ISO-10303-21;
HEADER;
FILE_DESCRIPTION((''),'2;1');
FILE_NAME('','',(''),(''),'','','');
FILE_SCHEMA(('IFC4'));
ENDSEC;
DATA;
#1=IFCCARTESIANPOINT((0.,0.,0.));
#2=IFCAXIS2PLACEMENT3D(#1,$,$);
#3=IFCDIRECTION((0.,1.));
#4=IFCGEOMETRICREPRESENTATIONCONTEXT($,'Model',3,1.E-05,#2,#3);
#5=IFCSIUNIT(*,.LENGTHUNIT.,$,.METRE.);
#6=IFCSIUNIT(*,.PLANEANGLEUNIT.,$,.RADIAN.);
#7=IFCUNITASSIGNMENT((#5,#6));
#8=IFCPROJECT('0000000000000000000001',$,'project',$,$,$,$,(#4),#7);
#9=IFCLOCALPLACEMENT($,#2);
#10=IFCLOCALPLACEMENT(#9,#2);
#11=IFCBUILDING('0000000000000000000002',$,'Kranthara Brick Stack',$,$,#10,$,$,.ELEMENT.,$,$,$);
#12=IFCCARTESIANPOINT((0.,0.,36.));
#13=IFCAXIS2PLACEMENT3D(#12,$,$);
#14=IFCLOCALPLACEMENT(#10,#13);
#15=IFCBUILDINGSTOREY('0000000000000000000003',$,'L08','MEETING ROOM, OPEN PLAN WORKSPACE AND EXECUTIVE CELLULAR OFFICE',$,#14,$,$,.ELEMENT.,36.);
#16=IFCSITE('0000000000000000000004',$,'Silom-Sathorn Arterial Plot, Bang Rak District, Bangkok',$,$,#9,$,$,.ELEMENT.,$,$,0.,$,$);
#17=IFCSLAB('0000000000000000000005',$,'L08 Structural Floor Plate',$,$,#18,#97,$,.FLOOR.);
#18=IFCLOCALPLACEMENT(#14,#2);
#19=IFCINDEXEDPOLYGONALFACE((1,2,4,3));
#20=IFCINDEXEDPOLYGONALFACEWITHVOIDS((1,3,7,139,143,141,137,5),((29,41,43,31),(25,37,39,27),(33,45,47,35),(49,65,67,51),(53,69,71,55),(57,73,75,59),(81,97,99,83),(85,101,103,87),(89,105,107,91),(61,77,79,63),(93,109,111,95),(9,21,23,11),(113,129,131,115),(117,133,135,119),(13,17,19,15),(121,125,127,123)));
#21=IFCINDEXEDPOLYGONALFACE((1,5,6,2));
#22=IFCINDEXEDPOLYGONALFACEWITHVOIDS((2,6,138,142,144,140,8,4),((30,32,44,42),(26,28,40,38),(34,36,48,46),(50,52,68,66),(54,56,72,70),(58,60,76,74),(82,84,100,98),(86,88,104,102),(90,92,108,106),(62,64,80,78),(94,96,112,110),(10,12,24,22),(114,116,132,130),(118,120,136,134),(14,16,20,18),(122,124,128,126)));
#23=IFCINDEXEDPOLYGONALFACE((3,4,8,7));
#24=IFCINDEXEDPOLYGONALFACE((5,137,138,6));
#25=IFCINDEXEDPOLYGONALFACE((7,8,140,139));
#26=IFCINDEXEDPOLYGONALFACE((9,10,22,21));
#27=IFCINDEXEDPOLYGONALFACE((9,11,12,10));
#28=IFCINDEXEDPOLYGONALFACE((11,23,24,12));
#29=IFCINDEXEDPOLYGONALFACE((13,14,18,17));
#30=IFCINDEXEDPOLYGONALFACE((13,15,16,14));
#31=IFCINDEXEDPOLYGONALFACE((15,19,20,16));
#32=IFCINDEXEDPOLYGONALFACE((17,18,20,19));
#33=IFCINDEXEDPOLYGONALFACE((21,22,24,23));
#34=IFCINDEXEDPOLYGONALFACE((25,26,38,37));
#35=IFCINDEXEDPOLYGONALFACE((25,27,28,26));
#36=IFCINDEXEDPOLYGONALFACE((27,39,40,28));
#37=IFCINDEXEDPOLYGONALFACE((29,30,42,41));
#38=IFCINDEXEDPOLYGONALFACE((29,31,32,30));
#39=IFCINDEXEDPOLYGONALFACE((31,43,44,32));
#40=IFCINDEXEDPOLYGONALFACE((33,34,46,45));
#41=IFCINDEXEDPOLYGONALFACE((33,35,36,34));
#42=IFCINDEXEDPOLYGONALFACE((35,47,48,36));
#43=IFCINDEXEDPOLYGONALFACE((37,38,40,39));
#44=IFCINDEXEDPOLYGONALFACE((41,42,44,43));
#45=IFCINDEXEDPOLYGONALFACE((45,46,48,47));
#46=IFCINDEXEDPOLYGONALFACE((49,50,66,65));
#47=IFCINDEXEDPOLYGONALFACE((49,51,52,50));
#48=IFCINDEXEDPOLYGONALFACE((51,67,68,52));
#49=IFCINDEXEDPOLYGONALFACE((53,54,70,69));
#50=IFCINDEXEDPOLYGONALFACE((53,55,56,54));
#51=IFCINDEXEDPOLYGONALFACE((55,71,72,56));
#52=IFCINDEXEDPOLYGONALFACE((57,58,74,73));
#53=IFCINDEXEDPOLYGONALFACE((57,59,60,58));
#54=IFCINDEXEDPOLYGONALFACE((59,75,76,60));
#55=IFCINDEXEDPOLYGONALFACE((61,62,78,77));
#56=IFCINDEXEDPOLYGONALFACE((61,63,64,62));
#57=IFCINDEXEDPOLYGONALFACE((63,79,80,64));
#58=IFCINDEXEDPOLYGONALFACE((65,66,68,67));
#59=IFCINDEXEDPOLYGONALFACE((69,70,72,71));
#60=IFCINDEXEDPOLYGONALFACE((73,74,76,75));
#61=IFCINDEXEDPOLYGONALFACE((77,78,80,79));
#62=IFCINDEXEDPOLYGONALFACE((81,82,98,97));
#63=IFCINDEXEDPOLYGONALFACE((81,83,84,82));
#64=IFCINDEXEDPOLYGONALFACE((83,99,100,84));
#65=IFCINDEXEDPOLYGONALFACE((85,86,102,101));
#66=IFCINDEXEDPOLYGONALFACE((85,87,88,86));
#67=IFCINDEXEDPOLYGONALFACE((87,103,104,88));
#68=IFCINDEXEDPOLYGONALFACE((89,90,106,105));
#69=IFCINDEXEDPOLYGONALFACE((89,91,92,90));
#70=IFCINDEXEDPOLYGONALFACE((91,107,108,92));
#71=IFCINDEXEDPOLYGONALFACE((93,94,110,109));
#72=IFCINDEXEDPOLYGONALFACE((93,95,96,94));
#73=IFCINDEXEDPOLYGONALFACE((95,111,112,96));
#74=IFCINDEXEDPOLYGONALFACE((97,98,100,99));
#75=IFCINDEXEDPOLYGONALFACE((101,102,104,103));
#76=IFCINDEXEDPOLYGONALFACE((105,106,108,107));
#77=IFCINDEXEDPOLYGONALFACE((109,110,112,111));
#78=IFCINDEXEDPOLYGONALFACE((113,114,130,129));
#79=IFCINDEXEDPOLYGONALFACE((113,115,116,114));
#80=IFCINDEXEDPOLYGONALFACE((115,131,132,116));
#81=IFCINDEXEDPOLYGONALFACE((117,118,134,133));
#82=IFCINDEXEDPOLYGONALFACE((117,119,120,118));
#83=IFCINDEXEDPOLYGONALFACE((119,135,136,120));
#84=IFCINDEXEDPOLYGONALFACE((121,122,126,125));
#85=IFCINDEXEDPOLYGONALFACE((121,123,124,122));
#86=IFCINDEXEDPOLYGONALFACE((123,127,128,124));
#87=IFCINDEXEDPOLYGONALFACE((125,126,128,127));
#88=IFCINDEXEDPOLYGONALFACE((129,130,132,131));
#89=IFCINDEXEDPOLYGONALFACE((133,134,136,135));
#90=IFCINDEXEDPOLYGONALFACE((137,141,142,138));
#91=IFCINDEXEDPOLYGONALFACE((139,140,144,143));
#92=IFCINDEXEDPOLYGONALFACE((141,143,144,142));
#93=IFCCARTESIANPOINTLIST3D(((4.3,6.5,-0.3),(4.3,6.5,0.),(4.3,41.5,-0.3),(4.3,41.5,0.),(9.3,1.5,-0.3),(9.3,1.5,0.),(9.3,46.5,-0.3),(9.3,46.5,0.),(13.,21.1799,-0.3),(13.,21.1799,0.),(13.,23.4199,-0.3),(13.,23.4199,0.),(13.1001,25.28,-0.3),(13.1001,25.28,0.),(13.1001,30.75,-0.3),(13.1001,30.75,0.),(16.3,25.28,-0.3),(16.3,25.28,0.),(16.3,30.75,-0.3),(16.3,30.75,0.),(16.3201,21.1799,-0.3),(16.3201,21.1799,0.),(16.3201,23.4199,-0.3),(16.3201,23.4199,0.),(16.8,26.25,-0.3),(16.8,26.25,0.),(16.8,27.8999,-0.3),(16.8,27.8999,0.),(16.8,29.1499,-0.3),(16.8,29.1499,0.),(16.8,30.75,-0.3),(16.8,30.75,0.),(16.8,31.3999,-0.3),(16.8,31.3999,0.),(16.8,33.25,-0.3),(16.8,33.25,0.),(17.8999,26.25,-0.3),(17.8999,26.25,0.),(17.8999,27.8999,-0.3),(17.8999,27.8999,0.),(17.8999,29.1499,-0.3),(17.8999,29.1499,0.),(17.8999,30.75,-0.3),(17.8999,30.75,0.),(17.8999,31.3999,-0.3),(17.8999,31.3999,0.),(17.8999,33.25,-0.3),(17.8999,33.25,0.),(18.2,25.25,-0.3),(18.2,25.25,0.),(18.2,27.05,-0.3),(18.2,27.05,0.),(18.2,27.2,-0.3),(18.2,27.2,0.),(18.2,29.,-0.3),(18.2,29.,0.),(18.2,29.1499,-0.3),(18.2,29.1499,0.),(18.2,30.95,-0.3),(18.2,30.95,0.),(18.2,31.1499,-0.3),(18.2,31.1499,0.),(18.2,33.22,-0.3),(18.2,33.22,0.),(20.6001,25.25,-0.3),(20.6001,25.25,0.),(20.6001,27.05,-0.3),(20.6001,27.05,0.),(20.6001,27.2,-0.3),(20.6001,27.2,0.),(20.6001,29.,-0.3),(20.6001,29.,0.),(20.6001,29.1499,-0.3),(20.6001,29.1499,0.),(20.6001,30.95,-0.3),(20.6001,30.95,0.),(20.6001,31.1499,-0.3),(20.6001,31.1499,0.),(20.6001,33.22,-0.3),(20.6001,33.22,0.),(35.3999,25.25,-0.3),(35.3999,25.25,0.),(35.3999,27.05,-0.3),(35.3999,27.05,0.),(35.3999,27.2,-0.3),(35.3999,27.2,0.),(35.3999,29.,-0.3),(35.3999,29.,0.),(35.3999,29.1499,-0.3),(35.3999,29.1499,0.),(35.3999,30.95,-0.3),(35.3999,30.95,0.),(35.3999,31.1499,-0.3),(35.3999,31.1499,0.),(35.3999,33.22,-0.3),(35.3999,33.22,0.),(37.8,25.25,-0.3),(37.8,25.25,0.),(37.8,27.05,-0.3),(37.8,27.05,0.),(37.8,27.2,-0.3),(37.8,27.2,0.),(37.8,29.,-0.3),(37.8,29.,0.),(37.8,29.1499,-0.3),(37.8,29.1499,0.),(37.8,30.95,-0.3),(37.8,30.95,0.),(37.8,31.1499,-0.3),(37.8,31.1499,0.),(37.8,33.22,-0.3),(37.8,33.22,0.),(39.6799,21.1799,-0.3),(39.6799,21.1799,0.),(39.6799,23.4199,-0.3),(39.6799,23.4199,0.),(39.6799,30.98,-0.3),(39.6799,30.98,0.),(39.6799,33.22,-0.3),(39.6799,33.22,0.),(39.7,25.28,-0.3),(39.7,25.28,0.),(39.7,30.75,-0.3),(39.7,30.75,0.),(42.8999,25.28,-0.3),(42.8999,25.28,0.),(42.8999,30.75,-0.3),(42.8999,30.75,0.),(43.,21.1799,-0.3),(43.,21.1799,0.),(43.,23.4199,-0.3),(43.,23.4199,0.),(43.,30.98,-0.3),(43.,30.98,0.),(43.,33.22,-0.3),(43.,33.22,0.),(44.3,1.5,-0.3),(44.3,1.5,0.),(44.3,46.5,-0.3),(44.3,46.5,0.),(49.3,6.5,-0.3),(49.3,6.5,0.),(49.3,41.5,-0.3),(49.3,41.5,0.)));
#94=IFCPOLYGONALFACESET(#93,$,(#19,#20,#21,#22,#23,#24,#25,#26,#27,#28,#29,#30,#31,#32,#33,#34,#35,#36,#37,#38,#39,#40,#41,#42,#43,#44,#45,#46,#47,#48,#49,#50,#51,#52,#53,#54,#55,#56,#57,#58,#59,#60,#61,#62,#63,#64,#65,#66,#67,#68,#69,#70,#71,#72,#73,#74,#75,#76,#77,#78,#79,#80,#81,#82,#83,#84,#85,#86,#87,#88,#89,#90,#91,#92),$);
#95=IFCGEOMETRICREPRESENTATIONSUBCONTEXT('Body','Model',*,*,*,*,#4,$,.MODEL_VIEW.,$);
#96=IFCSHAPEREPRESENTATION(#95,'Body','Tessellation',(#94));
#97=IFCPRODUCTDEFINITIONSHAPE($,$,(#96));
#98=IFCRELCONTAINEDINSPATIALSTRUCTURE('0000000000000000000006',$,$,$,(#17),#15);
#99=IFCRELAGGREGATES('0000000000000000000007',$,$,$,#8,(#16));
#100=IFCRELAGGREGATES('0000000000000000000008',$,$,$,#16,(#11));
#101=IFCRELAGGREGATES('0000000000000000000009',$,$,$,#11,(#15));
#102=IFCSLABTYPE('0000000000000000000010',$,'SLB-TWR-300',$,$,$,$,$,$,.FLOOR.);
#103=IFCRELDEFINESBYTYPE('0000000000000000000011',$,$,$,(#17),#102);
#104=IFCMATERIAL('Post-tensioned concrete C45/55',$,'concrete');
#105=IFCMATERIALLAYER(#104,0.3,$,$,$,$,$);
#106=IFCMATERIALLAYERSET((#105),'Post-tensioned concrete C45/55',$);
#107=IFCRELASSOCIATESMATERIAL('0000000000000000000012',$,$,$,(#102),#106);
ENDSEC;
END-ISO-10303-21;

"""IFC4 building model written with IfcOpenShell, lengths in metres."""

from ifc_helpers import new_model, si_unit, direction, frame, origin, place, context, subcontext, project, spatial, polyline, outline, extrude, material, layer, layer_set, type_object, element, save


model = new_model("IFC4")

# Units and contexts
model_context = context("Model", 3, precision=1e-05, world=origin(), true_north=direction((0.0, 1.0)))
body_context = subcontext(model_context, "Body", "Model", "MODEL_VIEW")
ifc_project = project(units=[si_unit("LENGTHUNIT", "METRE"), si_unit("PLANEANGLEUNIT", "RADIAN")], contexts=[model_context])

# Site, building, storey
site_placement = place(None, origin())
site = spatial("IfcSite", under=ifc_project, at=site_placement, Name="Silom-Sathorn Arterial Plot, Bang Rak District, Bangkok", CompositionType="ELEMENT", RefElevation=0.0)
building_placement = place(site_placement, origin())
building = spatial("IfcBuilding", under=site, at=building_placement, Name="Kranthara Brick Stack", CompositionType="ELEMENT")
storey_placement = place(building_placement, frame((0.0, 0.0, 36.0)))
storey = spatial("IfcBuildingStorey", under=building, at=storey_placement, Name="L08", Description="MEETING ROOM, OPEN PLAN WORKSPACE AND EXECUTIVE CELLULAR OFFICE", CompositionType="ELEMENT", Elevation=36.0)

# Slab
ifc_material_1 = material(Name="Post-tensioned concrete C45/55", Category="concrete")
ifc_layer_1 = layer(ifc_material_1, 0.3)
ifc_layer_set_1 = layer_set([ifc_layer_1], Name="Post-tensioned concrete C45/55")
slab_type_1 = type_object("IfcSlabType", Name="SLB-TWR-300", PredefinedType="FLOOR", material=ifc_layer_set_1)
slab_1_placement = place(storey_placement, frame((0.0, 0.0, -0.3)))
element("IfcSlab", 1, at=slab_1_placement, inside=storey, type_object=slab_type_1, Name="L08 Structural Floor Plate", PredefinedType="FLOOR", context=body_context, shape_type="SweptSolid", body=[
    extrude(outline(polyline([(9.3, 1.5), (44.3, 1.5), (49.3, 6.5), (49.3, 41.5), (44.3, 46.5), (9.3, 46.5), (4.3, 41.5), (4.3, 6.5), (9.3, 1.5)]), holes=[polyline([(13.1001, 25.28), (16.3, 25.28), (16.3, 30.75), (13.1001, 30.75), (13.1001, 25.28)]), polyline([(39.7, 25.28), (42.8999, 25.28), (42.8999, 30.75), (39.7, 30.75), (39.7, 25.28)]), polyline([(13.0, 21.1799), (16.3201, 21.1799), (16.3201, 23.4199), (13.0, 23.4199), (13.0, 21.1799)]), polyline([(39.6799, 21.1799), (43.0, 21.1799), (43.0, 23.4199), (39.6799, 23.4199), (39.6799, 21.1799)]), polyline([(39.6799, 30.98), (43.0, 30.98), (43.0, 33.22), (39.6799, 33.22), (39.6799, 30.98)]), polyline([(18.2, 25.25), (20.6001, 25.25), (20.6001, 27.05), (18.2, 27.05), (18.2, 25.25)]), polyline([(18.2, 27.2), (20.6001, 27.2), (20.6001, 29.0), (18.2, 29.0), (18.2, 27.2)]), polyline([(18.2, 29.1499), (20.6001, 29.1499), (20.6001, 30.95), (18.2, 30.95), (18.2, 29.1499)]), polyline([(35.3999, 25.25), (37.8, 25.25), (37.8, 27.05), (35.3999, 27.05), (35.3999, 25.25)]), polyline([(35.3999, 27.2), (37.8, 27.2), (37.8, 29.0), (35.3999, 29.0), (35.3999, 27.2)]), polyline([(35.3999, 29.1499), (37.8, 29.1499), (37.8, 30.95), (35.3999, 30.95), (35.3999, 29.1499)]), polyline([(18.2, 31.1499), (20.6001, 31.1499), (20.6001, 33.22), (18.2, 33.22), (18.2, 31.1499)]), polyline([(35.3999, 31.1499), (37.8, 31.1499), (37.8, 33.22), (35.3999, 33.22), (35.3999, 31.1499)]), polyline([(16.8, 26.25), (17.8999, 26.25), (17.8999, 27.8999), (16.8, 27.8999), (16.8, 26.25)]), polyline([(16.8, 29.1499), (17.8999, 29.1499), (17.8999, 30.75), (16.8, 30.75), (16.8, 29.1499)]), polyline([(16.8, 31.3999), (17.8999, 31.3999), (17.8999, 33.25), (16.8, 33.25), (16.8, 31.3999)])]), origin(), (0.0, 0.0, 1.0), 0.3),
])

save(model, "model.ifc")
